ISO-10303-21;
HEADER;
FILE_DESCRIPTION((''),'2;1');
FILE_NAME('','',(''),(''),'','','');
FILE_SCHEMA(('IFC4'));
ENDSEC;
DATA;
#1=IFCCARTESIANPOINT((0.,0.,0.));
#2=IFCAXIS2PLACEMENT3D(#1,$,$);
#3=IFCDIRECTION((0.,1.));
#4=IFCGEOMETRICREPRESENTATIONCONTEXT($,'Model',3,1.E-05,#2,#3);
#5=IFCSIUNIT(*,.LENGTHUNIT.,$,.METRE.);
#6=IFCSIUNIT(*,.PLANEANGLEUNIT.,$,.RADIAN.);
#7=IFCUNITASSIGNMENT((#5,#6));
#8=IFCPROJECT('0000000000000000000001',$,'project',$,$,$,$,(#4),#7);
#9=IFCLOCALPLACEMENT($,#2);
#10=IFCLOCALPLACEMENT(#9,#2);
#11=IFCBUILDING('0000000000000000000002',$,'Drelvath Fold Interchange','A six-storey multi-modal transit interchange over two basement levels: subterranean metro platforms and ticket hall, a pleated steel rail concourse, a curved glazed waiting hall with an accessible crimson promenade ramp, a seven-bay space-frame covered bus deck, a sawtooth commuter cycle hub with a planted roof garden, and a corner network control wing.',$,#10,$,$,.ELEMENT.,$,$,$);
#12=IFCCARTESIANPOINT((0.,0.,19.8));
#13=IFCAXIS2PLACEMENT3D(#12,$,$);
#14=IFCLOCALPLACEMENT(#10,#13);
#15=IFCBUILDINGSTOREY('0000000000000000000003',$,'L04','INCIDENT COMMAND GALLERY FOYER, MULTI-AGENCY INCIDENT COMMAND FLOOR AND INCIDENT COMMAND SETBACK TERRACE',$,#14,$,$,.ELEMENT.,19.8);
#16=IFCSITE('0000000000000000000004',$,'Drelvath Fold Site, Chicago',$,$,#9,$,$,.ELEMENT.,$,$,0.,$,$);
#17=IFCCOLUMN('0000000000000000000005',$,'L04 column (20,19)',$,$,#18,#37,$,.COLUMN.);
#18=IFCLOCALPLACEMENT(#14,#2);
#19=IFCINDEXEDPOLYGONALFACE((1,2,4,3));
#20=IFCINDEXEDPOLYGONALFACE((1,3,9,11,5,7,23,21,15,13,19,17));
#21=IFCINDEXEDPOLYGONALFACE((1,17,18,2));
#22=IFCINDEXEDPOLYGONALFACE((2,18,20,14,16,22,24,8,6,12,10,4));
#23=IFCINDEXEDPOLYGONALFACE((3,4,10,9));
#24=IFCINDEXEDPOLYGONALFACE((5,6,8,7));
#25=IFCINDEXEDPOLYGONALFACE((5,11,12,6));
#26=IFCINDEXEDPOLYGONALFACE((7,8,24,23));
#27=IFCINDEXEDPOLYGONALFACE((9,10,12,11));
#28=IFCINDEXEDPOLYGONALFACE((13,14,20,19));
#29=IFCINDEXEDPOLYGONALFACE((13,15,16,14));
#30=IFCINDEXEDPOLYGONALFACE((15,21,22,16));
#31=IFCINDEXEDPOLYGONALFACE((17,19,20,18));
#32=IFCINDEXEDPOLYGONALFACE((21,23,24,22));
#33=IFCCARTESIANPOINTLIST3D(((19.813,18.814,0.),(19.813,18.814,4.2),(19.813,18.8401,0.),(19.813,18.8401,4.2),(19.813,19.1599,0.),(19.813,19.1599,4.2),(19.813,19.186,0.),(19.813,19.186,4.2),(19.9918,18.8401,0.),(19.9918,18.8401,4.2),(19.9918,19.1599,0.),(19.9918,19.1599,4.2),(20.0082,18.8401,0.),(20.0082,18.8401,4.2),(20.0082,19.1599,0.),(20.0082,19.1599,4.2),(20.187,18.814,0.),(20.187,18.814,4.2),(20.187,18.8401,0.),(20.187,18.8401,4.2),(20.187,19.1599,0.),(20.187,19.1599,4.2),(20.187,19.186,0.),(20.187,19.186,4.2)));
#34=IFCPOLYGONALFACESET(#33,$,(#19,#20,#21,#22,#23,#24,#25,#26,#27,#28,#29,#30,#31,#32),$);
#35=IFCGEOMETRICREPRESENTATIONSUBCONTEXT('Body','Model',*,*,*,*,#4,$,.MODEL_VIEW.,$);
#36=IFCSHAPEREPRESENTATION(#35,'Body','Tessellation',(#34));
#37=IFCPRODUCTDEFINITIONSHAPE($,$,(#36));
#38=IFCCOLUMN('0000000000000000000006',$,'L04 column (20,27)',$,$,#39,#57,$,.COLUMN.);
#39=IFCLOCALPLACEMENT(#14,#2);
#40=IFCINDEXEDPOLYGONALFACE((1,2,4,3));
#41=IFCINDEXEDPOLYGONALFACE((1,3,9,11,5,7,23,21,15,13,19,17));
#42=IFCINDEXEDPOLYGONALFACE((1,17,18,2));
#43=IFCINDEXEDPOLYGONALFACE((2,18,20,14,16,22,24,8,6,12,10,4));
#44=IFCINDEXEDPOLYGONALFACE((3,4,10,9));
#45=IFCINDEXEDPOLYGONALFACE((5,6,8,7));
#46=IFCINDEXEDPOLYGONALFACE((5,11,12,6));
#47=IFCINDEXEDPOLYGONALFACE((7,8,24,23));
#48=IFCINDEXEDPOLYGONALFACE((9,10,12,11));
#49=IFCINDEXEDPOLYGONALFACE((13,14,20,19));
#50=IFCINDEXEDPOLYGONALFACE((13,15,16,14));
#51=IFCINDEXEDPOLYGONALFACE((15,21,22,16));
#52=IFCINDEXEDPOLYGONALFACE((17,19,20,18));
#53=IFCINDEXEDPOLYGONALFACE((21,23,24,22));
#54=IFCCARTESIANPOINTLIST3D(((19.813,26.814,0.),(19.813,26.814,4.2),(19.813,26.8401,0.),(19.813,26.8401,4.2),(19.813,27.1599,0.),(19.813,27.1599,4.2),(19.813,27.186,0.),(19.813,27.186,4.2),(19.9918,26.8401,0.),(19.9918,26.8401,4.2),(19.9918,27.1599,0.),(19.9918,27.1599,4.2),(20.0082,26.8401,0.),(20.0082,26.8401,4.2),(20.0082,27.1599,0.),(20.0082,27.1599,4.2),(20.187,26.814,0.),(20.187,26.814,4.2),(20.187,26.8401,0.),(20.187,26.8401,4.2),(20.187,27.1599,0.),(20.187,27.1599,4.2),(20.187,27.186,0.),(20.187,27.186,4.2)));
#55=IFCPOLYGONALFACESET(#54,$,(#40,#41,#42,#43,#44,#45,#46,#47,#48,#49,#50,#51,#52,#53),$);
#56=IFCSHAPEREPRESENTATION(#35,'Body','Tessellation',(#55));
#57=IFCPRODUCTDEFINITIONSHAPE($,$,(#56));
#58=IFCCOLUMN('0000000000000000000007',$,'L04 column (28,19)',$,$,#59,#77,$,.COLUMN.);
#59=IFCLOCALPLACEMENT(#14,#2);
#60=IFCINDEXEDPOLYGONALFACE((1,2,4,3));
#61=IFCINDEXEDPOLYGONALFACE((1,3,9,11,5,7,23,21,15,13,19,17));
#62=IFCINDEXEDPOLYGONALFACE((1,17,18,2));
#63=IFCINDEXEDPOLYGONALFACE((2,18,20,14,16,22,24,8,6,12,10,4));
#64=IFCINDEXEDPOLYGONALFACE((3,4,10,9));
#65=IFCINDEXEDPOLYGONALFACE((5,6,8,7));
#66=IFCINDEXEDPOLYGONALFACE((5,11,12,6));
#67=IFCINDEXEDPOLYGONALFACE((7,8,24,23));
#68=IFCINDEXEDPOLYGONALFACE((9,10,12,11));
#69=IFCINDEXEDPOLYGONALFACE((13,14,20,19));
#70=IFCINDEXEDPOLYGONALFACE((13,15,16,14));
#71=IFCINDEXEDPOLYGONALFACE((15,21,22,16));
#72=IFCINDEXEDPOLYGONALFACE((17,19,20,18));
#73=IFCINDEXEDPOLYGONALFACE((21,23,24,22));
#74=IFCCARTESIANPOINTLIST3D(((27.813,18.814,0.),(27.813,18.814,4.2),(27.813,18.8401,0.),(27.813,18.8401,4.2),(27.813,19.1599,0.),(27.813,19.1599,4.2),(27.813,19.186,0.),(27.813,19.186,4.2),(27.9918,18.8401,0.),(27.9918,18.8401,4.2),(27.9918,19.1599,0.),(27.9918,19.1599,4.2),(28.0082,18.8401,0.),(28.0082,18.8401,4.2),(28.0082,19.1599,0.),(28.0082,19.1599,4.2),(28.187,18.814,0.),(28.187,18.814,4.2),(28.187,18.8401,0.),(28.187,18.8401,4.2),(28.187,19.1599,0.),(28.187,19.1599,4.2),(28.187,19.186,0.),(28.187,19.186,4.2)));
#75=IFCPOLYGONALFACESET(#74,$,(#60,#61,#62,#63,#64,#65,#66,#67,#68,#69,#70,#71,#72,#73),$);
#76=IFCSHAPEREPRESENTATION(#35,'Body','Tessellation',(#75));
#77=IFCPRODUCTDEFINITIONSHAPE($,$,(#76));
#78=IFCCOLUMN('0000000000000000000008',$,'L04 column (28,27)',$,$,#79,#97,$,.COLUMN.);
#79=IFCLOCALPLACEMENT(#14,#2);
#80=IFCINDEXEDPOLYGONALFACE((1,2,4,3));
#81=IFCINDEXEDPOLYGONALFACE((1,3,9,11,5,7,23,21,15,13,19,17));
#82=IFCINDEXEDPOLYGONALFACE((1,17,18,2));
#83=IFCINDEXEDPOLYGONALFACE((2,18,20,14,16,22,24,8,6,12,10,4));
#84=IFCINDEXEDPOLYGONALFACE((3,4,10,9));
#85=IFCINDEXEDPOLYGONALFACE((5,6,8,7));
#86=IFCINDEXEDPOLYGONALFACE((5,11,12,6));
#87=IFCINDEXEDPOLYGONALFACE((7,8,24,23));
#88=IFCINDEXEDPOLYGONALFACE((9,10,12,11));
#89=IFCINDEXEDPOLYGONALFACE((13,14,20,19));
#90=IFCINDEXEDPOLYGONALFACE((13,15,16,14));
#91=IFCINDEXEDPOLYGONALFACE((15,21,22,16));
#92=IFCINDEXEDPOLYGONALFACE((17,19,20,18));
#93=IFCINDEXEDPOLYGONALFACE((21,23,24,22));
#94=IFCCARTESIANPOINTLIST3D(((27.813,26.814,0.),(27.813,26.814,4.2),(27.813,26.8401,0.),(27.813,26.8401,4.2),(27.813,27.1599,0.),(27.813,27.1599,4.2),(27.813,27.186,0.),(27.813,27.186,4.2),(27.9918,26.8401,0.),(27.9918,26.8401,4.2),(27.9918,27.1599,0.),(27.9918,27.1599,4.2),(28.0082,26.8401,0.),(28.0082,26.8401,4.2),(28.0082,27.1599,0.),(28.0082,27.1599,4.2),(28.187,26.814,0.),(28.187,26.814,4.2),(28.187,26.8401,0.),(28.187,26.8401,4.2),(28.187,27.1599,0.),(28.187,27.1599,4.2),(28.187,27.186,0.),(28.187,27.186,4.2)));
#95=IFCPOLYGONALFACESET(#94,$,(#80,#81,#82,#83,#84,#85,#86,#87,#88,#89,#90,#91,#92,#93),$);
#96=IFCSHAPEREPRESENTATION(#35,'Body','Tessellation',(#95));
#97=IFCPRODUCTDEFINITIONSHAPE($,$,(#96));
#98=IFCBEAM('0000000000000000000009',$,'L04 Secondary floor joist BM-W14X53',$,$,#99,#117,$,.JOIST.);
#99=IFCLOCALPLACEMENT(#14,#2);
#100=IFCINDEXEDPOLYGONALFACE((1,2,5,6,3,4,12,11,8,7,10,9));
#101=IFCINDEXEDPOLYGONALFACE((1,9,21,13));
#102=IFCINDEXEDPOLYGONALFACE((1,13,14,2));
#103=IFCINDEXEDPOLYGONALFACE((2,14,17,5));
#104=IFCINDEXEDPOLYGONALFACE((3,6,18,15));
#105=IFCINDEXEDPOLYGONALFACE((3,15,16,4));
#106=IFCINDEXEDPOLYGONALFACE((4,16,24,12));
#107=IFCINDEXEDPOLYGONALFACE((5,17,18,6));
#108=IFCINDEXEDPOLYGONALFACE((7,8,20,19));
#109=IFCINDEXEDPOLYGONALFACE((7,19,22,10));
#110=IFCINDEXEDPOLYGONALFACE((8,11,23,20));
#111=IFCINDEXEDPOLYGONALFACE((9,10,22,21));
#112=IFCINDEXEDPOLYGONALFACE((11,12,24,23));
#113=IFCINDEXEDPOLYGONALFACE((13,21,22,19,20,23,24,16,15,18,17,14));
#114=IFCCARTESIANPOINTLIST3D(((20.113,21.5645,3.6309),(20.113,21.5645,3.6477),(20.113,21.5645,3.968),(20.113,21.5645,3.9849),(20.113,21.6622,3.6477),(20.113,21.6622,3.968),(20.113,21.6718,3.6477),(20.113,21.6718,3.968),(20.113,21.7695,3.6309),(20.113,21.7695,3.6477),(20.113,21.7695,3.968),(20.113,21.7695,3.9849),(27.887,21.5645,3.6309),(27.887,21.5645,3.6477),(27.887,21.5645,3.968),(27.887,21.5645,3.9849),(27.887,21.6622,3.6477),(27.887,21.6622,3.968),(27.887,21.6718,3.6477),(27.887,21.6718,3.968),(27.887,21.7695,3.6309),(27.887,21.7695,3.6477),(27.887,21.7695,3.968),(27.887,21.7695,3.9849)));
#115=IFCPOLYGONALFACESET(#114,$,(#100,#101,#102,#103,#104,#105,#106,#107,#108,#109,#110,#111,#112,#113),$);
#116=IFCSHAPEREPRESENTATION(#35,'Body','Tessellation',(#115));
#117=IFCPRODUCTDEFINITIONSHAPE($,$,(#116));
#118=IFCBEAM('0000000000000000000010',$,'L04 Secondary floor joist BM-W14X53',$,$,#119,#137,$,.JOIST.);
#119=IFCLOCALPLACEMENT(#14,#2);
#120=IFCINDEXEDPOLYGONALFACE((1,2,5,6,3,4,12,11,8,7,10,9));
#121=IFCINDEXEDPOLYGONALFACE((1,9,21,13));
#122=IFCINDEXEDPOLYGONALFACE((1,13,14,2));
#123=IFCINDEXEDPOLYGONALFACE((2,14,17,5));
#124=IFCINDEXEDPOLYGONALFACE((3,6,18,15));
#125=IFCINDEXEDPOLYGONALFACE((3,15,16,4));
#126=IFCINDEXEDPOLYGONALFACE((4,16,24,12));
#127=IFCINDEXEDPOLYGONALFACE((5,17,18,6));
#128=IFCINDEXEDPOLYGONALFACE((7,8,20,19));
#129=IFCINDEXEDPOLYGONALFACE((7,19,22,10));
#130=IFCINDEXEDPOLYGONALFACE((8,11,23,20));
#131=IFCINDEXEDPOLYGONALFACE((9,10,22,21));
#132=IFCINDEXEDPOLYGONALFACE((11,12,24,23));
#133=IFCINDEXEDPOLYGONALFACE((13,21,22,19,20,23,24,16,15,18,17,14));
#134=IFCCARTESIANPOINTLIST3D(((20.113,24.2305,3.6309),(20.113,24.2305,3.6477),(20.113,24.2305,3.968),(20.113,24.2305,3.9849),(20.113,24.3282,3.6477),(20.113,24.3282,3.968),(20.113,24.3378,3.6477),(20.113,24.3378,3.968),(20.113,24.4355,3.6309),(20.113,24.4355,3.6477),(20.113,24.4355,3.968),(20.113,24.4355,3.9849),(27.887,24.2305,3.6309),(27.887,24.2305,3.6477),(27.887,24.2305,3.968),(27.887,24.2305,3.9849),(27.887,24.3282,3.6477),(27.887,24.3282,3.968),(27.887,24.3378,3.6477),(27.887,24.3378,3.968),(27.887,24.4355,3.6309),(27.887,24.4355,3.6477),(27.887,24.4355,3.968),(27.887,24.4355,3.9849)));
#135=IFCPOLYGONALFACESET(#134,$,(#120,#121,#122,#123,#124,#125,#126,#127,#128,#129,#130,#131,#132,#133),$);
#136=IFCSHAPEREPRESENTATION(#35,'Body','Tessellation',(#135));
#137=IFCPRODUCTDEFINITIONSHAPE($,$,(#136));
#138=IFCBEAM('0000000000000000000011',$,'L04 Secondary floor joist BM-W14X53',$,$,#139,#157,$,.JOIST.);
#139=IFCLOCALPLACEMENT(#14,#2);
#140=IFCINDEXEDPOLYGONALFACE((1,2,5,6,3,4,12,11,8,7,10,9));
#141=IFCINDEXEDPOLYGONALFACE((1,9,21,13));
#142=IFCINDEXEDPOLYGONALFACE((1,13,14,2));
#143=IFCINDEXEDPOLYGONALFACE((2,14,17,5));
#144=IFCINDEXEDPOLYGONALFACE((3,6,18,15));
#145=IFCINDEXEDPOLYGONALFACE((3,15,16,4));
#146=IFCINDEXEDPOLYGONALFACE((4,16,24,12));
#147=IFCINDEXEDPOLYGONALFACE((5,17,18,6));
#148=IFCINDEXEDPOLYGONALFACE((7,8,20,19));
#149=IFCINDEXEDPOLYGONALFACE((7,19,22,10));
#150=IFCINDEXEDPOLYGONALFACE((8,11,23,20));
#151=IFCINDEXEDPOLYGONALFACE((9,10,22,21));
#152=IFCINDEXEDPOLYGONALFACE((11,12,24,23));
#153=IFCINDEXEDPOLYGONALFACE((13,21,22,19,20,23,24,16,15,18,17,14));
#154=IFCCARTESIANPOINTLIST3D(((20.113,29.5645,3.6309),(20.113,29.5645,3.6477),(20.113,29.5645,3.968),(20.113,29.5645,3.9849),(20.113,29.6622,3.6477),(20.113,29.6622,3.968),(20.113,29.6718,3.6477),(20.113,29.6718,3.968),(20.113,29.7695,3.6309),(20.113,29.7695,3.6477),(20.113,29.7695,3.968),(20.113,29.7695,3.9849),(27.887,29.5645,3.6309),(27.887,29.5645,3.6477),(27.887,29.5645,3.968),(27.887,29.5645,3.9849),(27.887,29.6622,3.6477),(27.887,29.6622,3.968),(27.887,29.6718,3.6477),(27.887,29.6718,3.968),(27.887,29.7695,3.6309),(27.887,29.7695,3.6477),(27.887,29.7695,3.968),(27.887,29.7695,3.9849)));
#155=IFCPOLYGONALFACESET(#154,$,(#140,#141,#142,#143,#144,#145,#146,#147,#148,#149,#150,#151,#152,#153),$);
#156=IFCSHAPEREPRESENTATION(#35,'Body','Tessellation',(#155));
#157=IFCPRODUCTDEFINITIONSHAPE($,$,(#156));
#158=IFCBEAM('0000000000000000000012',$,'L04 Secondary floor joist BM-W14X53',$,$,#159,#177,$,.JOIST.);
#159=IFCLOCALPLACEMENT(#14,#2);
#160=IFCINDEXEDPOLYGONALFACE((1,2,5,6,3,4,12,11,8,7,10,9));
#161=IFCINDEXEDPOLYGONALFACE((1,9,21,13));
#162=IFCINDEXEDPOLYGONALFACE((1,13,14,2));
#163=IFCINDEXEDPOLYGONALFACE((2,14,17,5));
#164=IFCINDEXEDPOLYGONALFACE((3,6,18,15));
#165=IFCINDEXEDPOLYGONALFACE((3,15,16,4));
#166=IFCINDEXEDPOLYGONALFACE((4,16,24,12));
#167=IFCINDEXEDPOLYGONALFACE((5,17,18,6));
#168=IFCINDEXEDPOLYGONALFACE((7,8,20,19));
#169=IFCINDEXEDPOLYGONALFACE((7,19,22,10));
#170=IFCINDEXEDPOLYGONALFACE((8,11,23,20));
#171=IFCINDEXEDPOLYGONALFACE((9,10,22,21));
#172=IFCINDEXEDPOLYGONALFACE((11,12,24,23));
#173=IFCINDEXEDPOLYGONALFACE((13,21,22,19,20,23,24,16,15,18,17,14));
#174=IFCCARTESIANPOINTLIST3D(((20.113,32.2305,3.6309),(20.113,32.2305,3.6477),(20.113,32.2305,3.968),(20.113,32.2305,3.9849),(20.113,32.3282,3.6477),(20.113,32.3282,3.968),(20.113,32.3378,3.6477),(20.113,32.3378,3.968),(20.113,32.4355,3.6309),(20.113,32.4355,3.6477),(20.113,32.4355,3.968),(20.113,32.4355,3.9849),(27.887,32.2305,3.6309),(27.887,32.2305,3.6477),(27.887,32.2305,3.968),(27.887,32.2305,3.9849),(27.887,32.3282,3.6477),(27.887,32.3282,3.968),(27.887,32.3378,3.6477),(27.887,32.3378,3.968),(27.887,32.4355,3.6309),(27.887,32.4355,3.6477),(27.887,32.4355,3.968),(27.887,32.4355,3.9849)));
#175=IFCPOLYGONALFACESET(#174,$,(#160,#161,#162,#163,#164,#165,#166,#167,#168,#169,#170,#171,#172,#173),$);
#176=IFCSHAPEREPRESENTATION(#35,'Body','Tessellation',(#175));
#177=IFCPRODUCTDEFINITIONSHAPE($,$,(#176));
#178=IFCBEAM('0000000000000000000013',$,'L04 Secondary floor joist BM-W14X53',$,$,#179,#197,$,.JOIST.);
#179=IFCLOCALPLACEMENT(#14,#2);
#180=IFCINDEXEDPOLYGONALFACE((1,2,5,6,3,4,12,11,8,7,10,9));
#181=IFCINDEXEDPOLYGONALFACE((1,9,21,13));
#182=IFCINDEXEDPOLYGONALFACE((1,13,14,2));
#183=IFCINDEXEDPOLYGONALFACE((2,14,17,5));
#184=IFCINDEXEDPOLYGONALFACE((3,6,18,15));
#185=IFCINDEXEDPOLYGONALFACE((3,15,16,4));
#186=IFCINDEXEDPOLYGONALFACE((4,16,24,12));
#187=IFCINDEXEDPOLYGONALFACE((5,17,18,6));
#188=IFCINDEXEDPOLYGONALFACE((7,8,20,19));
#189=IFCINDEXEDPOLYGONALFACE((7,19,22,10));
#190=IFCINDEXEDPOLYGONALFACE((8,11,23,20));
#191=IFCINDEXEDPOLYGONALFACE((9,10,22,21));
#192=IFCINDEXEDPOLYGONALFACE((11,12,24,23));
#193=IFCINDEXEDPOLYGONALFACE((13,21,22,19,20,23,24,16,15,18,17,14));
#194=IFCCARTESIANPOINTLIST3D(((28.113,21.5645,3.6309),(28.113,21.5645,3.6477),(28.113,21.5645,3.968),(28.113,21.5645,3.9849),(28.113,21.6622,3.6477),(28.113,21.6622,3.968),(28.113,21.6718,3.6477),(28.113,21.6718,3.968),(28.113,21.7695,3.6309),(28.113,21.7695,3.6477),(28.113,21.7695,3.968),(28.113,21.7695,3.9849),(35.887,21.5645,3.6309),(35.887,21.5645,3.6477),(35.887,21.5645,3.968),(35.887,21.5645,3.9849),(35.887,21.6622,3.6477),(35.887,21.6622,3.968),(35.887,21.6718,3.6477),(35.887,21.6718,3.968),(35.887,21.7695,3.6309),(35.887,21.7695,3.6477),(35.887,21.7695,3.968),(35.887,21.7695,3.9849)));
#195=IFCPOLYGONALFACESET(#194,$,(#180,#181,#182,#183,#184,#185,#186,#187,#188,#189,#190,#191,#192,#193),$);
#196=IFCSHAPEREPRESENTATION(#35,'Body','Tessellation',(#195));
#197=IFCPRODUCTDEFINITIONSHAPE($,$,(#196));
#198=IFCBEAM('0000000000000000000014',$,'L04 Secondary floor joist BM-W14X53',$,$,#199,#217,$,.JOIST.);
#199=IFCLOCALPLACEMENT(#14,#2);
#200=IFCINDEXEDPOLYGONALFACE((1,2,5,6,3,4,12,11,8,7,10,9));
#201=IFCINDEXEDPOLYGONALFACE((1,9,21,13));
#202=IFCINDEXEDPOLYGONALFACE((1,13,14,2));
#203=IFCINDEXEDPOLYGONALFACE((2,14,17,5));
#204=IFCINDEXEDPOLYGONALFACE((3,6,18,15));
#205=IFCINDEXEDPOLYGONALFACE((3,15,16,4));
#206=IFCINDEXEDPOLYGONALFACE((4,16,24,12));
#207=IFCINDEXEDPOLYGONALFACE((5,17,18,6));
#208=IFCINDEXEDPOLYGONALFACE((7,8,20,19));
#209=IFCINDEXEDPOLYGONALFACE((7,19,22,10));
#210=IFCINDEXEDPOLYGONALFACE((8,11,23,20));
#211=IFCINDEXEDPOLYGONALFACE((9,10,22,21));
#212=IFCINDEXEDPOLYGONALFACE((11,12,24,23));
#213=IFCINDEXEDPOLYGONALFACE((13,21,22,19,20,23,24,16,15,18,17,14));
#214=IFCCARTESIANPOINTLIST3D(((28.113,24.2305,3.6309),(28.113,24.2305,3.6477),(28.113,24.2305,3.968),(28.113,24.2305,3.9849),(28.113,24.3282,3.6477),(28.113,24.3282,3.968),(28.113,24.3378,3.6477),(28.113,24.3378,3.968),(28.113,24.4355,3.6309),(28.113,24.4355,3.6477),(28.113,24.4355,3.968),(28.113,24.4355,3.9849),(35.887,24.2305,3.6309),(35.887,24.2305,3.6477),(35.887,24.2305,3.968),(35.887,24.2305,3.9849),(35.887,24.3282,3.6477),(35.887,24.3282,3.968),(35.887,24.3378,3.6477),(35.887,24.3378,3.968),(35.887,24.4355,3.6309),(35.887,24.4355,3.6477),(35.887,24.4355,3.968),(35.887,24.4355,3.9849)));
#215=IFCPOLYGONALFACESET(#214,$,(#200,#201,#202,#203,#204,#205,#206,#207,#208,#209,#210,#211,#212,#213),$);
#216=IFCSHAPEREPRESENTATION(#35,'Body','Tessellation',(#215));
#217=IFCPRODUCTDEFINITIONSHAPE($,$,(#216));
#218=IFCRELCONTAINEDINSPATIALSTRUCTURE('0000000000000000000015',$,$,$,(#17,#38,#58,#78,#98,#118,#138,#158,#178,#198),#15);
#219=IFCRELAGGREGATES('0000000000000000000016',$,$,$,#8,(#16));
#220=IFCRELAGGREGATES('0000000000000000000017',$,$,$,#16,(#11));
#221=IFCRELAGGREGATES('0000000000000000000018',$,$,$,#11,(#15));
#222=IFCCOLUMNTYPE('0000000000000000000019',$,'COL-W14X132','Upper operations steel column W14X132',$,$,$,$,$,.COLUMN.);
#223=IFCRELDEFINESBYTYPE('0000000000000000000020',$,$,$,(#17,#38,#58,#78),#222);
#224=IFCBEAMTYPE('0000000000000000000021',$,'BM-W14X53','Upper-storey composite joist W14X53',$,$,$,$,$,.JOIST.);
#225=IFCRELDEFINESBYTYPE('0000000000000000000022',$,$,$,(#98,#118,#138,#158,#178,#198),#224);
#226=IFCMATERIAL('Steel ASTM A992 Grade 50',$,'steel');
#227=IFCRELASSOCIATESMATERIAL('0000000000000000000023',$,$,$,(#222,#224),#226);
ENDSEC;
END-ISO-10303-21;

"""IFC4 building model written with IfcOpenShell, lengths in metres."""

from ifc_helpers import new_model, si_unit, direction, frame, origin, origin_2d, place, context, subcontext, project, spatial, i_section, extrude, material, material_profile, profile_set, type_object, element, save


model = new_model("IFC4")

# Units and contexts
model_context = context("Model", 3, precision=1e-05, world=origin(), true_north=direction((0.0, 1.0)))
body_context = subcontext(model_context, "Body", "Model", "MODEL_VIEW")
ifc_project = project(units=[si_unit("LENGTHUNIT", "METRE"), si_unit("PLANEANGLEUNIT", "RADIAN")], contexts=[model_context])

# Site, building, storey
site_placement = place(None, origin())
site = spatial("IfcSite", under=ifc_project, at=site_placement, Name="Drelvath Fold Site, Chicago", CompositionType="ELEMENT", RefElevation=0.0)
building_placement = place(site_placement, origin())
building = spatial("IfcBuilding", under=site, at=building_placement, Name="Drelvath Fold Interchange", Description="A six-storey multi-modal transit interchange over two basement levels: subterranean metro platforms and ticket hall, a pleated steel rail concourse, a curved glazed waiting hall with an accessible crimson promenade ramp, a seven-bay space-frame covered bus deck, a sawtooth commuter cycle hub with a planted roof garden, and a corner network control wing.", CompositionType="ELEMENT")
storey_placement = place(building_placement, frame((0.0, 0.0, 19.8)))
storey = spatial("IfcBuildingStorey", under=building, at=storey_placement, Name="L04", Description="INCIDENT COMMAND GALLERY FOYER, MULTI-AGENCY INCIDENT COMMAND FLOOR AND INCIDENT COMMAND SETBACK TERRACE", CompositionType="ELEMENT", Elevation=19.8)

# Columns
ifc_material_1 = material(Name="Steel ASTM A992 Grade 50", Category="steel")
ifc_material_profile_1 = material_profile(ifc_material_1, i_section(OverallWidth=0.374, OverallDepth=0.3721, WebThickness=0.0164, FlangeThickness=0.0261, at=origin_2d()), Name="W14X132")
ifc_profile_set_1 = profile_set([ifc_material_profile_1], Name="Steel ASTM A992 Grade 50")
column_type = type_object("IfcColumnType", Name="COL-W14X132", Description="Upper operations steel column W14X132", PredefinedType="COLUMN", material=ifc_profile_set_1)
for number, where, z_axis, x_axis, name in (
    (1, (20.0, 19.0, 0.0), (0.0, 0.0, 1.0), (1.0, 0.0, 0.0), "L04 column (20,19)"),
    (2, (20.0, 27.0, 0.0), (0.0, 0.0, 1.0), (1.0, 0.0, 0.0), "L04 column (20,27)"),
    (3, (28.0, 19.0, 0.0), (0.0, 0.0, 1.0), (1.0, 0.0, 0.0), "L04 column (28,19)"),
    (4, (28.0, 27.0, 0.0), (0.0, 0.0, 1.0), (1.0, 0.0, 0.0), "L04 column (28,27)"),
):
    element("IfcColumn", number, at=place(storey_placement, frame(where, z_axis=z_axis, x_axis=x_axis)), inside=storey, type_object=column_type, Name=name, PredefinedType="COLUMN", context=body_context, shape_type="SweptSolid", body=[
        extrude(i_section(OverallWidth=0.374, OverallDepth=0.3721, WebThickness=0.0164, FlangeThickness=0.0261, at=origin_2d()), origin(), (0.0, 0.0, 1.0), 4.2),
    ])

# Beams
ifc_material_profile_2 = material_profile(ifc_material_1, i_section(OverallWidth=0.2051, OverallDepth=0.354, WebThickness=0.0095, FlangeThickness=0.0168, at=origin_2d()), Name="W14X53")
ifc_profile_set_2 = profile_set([ifc_material_profile_2], Name="Steel ASTM A992 Grade 50")
beam_type_1 = type_object("IfcBeamType", Name="BM-W14X53", Description="Upper-storey composite joist W14X53", PredefinedType="JOIST", material=ifc_profile_set_2)
for number, where, z_axis, x_axis, name in (
    (5, (20.113, 21.667, 3.8079), (1.0, 0.0, 0.0), (0.0, 1.0, 0.0), "L04 Secondary floor joist BM-W14X53"),
    (6, (20.113, 24.333, 3.8079), (1.0, 0.0, 0.0), (0.0, 1.0, 0.0), "L04 Secondary floor joist BM-W14X53"),
    (7, (20.113, 29.667, 3.8079), (1.0, 0.0, 0.0), (0.0, 1.0, 0.0), "L04 Secondary floor joist BM-W14X53"),
    (8, (20.113, 32.333, 3.8079), (1.0, 0.0, 0.0), (0.0, 1.0, 0.0), "L04 Secondary floor joist BM-W14X53"),
    (9, (28.113, 21.667, 3.8079), (1.0, 0.0, 0.0), (0.0, 1.0, 0.0), "L04 Secondary floor joist BM-W14X53"),
    (10, (28.113, 24.333, 3.8079), (1.0, 0.0, 0.0), (0.0, 1.0, 0.0), "L04 Secondary floor joist BM-W14X53"),
):
    element("IfcBeam", number, at=place(storey_placement, frame(where, z_axis=z_axis, x_axis=x_axis)), inside=storey, type_object=beam_type_1, Name=name, PredefinedType="JOIST", context=body_context, shape_type="SweptSolid", body=[
        extrude(i_section(OverallWidth=0.2051, OverallDepth=0.354, WebThickness=0.0095, FlangeThickness=0.0168, at=origin_2d()), origin(), (0.0, 0.0, 1.0), 7.7739),
    ])

save(model, "model.ifc")
